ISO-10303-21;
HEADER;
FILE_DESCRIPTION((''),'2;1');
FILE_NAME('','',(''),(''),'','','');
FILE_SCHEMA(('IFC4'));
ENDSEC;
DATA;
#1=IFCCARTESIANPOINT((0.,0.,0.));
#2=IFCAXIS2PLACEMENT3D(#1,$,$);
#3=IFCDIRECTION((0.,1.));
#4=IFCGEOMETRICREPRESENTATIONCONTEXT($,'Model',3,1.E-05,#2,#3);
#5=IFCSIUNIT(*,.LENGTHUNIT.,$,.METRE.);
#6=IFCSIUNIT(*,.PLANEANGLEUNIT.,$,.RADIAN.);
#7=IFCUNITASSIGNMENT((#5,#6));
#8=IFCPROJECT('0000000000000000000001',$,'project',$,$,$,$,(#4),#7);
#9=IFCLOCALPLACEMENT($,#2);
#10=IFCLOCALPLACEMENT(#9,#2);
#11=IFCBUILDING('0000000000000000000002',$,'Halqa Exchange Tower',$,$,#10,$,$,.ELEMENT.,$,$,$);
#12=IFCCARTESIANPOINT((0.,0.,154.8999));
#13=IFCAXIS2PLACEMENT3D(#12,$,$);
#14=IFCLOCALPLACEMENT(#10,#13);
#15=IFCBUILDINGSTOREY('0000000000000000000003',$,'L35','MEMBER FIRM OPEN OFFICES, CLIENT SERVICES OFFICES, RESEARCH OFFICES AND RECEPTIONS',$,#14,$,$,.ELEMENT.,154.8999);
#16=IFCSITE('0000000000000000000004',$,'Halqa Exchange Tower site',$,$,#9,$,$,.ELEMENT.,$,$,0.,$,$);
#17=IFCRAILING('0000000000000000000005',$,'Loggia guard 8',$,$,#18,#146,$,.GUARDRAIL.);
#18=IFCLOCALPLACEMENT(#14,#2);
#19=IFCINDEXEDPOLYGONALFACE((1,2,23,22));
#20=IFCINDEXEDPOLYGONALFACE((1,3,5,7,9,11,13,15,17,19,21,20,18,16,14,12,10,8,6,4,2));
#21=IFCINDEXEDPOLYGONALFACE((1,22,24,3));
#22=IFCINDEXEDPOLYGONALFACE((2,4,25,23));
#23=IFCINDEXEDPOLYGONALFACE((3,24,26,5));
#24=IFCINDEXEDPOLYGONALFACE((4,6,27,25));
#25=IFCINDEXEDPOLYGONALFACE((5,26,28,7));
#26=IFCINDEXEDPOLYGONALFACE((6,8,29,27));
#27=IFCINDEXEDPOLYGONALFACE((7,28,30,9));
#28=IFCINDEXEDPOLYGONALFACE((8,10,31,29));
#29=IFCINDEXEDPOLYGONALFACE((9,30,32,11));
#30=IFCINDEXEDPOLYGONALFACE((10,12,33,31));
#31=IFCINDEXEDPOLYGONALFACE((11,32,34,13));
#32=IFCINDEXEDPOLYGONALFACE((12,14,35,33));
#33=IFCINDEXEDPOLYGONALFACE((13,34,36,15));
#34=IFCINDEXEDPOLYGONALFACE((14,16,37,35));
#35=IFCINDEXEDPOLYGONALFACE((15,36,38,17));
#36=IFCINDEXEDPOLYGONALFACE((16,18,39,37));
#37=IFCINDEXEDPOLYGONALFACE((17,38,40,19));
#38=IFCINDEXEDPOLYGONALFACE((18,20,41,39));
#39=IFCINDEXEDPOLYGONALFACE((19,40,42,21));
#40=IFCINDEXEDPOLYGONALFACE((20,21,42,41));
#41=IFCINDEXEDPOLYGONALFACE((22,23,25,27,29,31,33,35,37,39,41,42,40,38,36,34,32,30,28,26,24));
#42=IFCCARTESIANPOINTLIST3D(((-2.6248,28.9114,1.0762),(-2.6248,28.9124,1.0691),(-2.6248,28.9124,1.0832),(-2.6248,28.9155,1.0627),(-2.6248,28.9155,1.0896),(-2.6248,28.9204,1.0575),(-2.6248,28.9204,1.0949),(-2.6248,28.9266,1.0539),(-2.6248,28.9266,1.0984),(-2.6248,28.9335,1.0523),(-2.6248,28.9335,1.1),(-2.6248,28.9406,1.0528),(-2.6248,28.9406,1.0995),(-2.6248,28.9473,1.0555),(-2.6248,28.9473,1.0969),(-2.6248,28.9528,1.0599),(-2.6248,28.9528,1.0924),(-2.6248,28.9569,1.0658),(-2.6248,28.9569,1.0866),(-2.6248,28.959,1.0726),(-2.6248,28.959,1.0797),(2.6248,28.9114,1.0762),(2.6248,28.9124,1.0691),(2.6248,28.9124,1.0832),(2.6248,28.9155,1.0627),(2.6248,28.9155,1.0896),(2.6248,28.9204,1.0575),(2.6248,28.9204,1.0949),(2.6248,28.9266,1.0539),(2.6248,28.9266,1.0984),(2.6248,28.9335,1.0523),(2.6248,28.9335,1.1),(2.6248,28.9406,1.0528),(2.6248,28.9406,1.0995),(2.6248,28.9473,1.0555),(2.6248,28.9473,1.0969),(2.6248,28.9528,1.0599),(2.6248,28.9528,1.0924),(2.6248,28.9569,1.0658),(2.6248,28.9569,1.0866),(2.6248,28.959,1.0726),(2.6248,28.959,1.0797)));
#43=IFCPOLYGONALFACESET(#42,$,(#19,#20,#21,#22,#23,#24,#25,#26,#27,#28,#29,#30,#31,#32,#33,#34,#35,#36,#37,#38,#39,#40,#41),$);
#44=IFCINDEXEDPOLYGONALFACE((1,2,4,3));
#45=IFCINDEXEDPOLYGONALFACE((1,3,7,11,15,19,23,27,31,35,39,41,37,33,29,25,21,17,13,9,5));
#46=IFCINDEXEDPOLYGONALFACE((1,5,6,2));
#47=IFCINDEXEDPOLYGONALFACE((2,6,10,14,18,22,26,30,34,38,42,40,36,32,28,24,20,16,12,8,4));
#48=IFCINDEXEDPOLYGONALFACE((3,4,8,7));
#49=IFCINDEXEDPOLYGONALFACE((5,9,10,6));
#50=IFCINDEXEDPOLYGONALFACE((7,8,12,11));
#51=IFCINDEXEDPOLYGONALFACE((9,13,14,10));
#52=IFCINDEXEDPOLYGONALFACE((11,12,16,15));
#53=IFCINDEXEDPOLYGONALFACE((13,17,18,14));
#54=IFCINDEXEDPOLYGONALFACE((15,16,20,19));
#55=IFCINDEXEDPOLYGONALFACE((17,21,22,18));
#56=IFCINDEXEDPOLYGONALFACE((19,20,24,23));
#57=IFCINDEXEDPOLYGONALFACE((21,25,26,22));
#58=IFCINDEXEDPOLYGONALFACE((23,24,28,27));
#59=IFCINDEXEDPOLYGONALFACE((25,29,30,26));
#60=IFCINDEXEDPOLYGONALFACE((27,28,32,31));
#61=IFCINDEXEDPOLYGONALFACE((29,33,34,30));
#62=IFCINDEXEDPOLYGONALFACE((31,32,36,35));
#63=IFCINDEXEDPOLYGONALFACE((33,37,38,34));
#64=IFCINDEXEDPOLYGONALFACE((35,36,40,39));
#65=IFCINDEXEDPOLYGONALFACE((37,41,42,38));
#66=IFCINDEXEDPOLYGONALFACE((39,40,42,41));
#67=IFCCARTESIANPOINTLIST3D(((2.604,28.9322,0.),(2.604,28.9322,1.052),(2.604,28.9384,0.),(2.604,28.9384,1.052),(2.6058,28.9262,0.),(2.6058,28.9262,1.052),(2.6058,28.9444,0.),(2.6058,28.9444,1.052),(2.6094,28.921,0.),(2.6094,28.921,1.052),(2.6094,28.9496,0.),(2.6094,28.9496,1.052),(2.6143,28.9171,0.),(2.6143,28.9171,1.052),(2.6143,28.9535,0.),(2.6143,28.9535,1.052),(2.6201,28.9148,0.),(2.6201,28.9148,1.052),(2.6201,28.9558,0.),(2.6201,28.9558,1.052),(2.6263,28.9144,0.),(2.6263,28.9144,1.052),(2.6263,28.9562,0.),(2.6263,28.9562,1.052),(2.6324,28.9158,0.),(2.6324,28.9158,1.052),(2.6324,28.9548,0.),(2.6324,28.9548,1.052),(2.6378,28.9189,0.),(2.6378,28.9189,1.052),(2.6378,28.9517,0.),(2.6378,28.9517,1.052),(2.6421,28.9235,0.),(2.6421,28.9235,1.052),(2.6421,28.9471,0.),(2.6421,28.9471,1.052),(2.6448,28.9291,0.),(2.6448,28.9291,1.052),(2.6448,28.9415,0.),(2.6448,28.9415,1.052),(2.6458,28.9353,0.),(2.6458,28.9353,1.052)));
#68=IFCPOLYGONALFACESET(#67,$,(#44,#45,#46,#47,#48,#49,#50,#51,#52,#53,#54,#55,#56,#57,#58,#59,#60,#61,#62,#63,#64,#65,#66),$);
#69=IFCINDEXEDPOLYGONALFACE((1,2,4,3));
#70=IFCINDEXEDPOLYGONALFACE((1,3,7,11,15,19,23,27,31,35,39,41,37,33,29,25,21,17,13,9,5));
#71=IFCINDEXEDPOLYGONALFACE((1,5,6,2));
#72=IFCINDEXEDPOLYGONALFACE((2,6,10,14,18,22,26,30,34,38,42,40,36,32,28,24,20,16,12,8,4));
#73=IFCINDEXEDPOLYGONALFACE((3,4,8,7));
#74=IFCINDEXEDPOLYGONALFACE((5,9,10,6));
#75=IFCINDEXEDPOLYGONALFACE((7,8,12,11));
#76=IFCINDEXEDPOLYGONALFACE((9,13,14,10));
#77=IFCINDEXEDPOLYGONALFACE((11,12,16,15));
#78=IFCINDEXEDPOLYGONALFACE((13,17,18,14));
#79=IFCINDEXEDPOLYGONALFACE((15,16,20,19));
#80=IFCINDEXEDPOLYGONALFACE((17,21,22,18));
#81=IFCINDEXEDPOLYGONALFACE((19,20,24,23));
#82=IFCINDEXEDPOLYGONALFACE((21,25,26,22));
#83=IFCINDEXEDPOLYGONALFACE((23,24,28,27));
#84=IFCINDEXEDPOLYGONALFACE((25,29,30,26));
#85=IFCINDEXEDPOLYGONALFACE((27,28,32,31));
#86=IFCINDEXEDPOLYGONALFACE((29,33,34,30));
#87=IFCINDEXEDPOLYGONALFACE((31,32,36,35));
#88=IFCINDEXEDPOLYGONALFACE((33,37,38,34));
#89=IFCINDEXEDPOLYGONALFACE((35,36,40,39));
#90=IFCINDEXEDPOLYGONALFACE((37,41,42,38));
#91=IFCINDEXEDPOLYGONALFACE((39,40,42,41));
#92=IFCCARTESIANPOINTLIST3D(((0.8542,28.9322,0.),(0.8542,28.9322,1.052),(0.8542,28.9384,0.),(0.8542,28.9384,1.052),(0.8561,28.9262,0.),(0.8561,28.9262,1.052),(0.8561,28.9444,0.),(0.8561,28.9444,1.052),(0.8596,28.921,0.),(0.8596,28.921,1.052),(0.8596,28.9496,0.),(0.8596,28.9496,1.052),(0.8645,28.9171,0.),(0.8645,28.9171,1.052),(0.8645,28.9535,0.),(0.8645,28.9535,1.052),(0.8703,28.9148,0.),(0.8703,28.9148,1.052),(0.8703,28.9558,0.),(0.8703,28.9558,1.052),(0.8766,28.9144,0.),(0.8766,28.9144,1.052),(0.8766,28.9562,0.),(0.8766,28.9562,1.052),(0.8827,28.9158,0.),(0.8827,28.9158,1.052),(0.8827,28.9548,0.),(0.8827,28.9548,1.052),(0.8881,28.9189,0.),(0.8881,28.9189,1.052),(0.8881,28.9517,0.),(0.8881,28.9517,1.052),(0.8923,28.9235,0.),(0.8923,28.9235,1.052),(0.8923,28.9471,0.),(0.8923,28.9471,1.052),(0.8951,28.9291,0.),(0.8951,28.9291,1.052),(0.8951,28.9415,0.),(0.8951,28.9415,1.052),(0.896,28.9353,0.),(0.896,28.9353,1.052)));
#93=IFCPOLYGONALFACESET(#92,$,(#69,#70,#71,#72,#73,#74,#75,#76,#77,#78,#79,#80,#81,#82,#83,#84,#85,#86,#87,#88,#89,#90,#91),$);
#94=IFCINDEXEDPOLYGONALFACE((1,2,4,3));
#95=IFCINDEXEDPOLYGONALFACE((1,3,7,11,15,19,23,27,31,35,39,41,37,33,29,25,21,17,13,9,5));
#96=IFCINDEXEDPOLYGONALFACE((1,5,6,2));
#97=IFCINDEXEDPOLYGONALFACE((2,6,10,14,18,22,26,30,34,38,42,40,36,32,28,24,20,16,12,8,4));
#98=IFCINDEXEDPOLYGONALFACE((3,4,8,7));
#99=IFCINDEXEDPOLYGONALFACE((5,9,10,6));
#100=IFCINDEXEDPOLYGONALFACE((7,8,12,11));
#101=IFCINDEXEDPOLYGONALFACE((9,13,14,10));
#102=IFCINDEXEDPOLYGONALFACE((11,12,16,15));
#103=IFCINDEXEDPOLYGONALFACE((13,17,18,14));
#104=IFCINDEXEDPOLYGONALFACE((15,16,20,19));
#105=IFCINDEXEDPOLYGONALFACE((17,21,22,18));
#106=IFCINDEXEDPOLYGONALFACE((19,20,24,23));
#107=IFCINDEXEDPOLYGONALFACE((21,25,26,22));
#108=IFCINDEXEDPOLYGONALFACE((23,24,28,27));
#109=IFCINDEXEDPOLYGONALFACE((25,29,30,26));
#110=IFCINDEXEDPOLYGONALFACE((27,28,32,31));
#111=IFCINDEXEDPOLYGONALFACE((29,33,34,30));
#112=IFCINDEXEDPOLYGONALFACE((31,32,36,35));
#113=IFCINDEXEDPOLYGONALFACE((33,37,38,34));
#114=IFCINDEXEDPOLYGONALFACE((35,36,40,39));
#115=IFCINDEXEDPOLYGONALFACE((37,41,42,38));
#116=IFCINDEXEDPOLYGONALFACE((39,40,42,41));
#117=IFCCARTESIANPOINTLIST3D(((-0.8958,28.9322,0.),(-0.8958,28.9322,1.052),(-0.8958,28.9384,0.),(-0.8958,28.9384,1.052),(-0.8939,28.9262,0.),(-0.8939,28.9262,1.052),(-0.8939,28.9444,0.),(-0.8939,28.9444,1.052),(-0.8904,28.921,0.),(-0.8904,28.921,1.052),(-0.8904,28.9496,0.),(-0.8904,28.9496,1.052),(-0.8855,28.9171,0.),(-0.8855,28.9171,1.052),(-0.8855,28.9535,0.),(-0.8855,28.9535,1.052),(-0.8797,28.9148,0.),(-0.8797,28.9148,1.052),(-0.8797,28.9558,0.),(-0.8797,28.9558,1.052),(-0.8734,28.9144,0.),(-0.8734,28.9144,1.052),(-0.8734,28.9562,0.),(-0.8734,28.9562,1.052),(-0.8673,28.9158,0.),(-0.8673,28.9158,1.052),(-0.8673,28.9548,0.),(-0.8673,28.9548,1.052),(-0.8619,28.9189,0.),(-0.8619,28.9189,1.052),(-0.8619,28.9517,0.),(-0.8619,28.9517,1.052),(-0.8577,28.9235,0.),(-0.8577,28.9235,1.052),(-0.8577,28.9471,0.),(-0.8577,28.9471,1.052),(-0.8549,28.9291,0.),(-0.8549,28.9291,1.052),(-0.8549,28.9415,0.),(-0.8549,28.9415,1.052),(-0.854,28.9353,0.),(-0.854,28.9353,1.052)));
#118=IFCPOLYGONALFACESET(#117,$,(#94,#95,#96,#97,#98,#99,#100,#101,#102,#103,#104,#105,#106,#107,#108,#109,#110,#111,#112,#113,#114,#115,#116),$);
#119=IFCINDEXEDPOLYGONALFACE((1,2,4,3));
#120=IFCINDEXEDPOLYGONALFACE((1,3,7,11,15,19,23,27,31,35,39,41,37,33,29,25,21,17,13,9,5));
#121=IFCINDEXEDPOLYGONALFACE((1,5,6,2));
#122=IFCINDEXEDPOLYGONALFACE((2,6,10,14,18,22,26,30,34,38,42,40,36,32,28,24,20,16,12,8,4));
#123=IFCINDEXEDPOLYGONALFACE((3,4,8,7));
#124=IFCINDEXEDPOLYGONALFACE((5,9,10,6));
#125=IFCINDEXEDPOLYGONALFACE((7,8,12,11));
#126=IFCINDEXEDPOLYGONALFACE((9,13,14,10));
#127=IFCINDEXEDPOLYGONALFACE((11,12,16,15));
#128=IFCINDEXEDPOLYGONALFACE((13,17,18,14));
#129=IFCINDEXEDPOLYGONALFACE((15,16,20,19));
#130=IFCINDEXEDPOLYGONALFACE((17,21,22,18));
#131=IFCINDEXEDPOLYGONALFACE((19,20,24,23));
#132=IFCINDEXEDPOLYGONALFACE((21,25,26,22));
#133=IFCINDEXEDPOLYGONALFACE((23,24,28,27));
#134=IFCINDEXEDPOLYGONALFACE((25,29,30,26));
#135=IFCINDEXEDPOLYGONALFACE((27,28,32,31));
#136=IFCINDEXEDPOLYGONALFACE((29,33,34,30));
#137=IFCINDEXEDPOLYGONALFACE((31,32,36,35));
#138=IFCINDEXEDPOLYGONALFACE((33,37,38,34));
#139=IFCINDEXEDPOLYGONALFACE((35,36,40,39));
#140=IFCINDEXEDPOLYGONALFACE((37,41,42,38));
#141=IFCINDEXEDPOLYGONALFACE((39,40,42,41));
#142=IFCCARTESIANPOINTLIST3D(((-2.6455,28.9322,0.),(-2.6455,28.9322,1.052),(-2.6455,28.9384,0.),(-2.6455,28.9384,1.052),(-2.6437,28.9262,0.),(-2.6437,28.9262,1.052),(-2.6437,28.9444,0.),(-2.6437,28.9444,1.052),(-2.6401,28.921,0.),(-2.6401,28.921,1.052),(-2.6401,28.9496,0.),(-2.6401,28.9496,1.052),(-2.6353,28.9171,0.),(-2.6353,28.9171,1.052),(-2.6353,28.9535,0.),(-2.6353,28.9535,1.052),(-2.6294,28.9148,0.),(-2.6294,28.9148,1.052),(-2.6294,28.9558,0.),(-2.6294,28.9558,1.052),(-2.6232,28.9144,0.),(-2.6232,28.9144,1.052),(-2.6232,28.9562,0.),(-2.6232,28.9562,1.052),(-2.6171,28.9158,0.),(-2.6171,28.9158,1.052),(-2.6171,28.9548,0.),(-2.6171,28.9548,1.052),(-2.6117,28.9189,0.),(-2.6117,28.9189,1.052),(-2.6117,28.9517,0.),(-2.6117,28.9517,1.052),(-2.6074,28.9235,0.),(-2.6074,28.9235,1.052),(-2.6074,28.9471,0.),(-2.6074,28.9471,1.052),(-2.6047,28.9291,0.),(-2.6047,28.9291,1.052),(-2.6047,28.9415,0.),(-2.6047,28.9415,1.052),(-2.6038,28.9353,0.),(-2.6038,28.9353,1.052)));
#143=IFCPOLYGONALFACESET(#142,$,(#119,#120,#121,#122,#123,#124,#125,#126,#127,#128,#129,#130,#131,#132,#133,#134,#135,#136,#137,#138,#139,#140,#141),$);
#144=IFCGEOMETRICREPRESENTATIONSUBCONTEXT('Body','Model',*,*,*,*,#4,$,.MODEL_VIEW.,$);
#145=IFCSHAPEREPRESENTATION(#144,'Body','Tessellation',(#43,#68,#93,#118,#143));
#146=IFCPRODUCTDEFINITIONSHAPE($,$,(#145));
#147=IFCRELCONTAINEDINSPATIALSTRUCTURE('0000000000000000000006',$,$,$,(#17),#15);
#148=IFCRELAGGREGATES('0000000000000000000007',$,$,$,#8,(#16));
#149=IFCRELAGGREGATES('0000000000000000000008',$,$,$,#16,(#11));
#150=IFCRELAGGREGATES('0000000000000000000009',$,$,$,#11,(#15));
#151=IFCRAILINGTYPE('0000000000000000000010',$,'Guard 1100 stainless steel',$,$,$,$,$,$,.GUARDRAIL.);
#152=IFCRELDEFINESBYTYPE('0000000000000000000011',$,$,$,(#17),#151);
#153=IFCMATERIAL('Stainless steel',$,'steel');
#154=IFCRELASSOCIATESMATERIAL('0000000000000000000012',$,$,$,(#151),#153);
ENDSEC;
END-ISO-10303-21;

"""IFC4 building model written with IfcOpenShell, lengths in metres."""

from ifc_helpers import new_model, si_unit, direction, frame, origin, origin_2d, place, context, subcontext, project, spatial, circle, extrude, material, type_object, element, save


model = new_model("IFC4")

# Units and contexts
model_context = context("Model", 3, precision=1e-05, world=origin(), true_north=direction((0.0, 1.0)))
body_context = subcontext(model_context, "Body", "Model", "MODEL_VIEW")
ifc_project = project(units=[si_unit("LENGTHUNIT", "METRE"), si_unit("PLANEANGLEUNIT", "RADIAN")], contexts=[model_context])

# Site, building, storey
site_placement = place(None, origin())
site = spatial("IfcSite", under=ifc_project, at=site_placement, Name="Halqa Exchange Tower site", CompositionType="ELEMENT", RefElevation=0.0)
building_placement = place(site_placement, origin())
building = spatial("IfcBuilding", under=site, at=building_placement, Name="Halqa Exchange Tower", CompositionType="ELEMENT")
storey_placement = place(building_placement, frame((0.0, 0.0, 154.8999)))
storey = spatial("IfcBuildingStorey", under=building, at=storey_placement, Name="L35", Description="MEMBER FIRM OPEN OFFICES, CLIENT SERVICES OFFICES, RESEARCH OFFICES AND RECEPTIONS", CompositionType="ELEMENT", Elevation=154.8999)

# Railing
ifc_material_1 = material(Name="Stainless steel", Category="steel")
railing_type_1 = type_object("IfcRailingType", Name="Guard 1100 stainless steel", PredefinedType="GUARDRAIL", material=ifc_material_1)
railing_1_placement = place(storey_placement, frame((2.6248, 28.9353, 0.0)))
element("IfcRailing", 1, at=railing_1_placement, inside=storey, type_object=railing_type_1, Name="Loggia guard 8", PredefinedType="GUARDRAIL", context=body_context, shape_type="SweptSolid", body=[
    extrude(circle(Radius=0.0239, at=origin_2d()), frame((0.0, 0.0, 1.0762), z_axis=(-1.0, 0.0, 0.0), x_axis=(0.0, -1.0, 0.0)), (0.0, 0.0, 1.0), 5.2495),
    extrude(circle(Radius=0.021, at=origin_2d()), origin(), (0.0, 0.0, 1.0), 1.052),
    extrude(circle(Radius=0.021, at=origin_2d()), frame((-1.7498, 0.0, 0.0)), (0.0, 0.0, 1.0), 1.052),
    extrude(circle(Radius=0.021, at=origin_2d()), frame((-3.4998, 0.0, 0.0)), (0.0, 0.0, 1.0), 1.052),
    extrude(circle(Radius=0.021, at=origin_2d()), frame((-5.2495, 0.0, 0.0)), (0.0, 0.0, 1.0), 1.052),
])

save(model, "model.ifc")
